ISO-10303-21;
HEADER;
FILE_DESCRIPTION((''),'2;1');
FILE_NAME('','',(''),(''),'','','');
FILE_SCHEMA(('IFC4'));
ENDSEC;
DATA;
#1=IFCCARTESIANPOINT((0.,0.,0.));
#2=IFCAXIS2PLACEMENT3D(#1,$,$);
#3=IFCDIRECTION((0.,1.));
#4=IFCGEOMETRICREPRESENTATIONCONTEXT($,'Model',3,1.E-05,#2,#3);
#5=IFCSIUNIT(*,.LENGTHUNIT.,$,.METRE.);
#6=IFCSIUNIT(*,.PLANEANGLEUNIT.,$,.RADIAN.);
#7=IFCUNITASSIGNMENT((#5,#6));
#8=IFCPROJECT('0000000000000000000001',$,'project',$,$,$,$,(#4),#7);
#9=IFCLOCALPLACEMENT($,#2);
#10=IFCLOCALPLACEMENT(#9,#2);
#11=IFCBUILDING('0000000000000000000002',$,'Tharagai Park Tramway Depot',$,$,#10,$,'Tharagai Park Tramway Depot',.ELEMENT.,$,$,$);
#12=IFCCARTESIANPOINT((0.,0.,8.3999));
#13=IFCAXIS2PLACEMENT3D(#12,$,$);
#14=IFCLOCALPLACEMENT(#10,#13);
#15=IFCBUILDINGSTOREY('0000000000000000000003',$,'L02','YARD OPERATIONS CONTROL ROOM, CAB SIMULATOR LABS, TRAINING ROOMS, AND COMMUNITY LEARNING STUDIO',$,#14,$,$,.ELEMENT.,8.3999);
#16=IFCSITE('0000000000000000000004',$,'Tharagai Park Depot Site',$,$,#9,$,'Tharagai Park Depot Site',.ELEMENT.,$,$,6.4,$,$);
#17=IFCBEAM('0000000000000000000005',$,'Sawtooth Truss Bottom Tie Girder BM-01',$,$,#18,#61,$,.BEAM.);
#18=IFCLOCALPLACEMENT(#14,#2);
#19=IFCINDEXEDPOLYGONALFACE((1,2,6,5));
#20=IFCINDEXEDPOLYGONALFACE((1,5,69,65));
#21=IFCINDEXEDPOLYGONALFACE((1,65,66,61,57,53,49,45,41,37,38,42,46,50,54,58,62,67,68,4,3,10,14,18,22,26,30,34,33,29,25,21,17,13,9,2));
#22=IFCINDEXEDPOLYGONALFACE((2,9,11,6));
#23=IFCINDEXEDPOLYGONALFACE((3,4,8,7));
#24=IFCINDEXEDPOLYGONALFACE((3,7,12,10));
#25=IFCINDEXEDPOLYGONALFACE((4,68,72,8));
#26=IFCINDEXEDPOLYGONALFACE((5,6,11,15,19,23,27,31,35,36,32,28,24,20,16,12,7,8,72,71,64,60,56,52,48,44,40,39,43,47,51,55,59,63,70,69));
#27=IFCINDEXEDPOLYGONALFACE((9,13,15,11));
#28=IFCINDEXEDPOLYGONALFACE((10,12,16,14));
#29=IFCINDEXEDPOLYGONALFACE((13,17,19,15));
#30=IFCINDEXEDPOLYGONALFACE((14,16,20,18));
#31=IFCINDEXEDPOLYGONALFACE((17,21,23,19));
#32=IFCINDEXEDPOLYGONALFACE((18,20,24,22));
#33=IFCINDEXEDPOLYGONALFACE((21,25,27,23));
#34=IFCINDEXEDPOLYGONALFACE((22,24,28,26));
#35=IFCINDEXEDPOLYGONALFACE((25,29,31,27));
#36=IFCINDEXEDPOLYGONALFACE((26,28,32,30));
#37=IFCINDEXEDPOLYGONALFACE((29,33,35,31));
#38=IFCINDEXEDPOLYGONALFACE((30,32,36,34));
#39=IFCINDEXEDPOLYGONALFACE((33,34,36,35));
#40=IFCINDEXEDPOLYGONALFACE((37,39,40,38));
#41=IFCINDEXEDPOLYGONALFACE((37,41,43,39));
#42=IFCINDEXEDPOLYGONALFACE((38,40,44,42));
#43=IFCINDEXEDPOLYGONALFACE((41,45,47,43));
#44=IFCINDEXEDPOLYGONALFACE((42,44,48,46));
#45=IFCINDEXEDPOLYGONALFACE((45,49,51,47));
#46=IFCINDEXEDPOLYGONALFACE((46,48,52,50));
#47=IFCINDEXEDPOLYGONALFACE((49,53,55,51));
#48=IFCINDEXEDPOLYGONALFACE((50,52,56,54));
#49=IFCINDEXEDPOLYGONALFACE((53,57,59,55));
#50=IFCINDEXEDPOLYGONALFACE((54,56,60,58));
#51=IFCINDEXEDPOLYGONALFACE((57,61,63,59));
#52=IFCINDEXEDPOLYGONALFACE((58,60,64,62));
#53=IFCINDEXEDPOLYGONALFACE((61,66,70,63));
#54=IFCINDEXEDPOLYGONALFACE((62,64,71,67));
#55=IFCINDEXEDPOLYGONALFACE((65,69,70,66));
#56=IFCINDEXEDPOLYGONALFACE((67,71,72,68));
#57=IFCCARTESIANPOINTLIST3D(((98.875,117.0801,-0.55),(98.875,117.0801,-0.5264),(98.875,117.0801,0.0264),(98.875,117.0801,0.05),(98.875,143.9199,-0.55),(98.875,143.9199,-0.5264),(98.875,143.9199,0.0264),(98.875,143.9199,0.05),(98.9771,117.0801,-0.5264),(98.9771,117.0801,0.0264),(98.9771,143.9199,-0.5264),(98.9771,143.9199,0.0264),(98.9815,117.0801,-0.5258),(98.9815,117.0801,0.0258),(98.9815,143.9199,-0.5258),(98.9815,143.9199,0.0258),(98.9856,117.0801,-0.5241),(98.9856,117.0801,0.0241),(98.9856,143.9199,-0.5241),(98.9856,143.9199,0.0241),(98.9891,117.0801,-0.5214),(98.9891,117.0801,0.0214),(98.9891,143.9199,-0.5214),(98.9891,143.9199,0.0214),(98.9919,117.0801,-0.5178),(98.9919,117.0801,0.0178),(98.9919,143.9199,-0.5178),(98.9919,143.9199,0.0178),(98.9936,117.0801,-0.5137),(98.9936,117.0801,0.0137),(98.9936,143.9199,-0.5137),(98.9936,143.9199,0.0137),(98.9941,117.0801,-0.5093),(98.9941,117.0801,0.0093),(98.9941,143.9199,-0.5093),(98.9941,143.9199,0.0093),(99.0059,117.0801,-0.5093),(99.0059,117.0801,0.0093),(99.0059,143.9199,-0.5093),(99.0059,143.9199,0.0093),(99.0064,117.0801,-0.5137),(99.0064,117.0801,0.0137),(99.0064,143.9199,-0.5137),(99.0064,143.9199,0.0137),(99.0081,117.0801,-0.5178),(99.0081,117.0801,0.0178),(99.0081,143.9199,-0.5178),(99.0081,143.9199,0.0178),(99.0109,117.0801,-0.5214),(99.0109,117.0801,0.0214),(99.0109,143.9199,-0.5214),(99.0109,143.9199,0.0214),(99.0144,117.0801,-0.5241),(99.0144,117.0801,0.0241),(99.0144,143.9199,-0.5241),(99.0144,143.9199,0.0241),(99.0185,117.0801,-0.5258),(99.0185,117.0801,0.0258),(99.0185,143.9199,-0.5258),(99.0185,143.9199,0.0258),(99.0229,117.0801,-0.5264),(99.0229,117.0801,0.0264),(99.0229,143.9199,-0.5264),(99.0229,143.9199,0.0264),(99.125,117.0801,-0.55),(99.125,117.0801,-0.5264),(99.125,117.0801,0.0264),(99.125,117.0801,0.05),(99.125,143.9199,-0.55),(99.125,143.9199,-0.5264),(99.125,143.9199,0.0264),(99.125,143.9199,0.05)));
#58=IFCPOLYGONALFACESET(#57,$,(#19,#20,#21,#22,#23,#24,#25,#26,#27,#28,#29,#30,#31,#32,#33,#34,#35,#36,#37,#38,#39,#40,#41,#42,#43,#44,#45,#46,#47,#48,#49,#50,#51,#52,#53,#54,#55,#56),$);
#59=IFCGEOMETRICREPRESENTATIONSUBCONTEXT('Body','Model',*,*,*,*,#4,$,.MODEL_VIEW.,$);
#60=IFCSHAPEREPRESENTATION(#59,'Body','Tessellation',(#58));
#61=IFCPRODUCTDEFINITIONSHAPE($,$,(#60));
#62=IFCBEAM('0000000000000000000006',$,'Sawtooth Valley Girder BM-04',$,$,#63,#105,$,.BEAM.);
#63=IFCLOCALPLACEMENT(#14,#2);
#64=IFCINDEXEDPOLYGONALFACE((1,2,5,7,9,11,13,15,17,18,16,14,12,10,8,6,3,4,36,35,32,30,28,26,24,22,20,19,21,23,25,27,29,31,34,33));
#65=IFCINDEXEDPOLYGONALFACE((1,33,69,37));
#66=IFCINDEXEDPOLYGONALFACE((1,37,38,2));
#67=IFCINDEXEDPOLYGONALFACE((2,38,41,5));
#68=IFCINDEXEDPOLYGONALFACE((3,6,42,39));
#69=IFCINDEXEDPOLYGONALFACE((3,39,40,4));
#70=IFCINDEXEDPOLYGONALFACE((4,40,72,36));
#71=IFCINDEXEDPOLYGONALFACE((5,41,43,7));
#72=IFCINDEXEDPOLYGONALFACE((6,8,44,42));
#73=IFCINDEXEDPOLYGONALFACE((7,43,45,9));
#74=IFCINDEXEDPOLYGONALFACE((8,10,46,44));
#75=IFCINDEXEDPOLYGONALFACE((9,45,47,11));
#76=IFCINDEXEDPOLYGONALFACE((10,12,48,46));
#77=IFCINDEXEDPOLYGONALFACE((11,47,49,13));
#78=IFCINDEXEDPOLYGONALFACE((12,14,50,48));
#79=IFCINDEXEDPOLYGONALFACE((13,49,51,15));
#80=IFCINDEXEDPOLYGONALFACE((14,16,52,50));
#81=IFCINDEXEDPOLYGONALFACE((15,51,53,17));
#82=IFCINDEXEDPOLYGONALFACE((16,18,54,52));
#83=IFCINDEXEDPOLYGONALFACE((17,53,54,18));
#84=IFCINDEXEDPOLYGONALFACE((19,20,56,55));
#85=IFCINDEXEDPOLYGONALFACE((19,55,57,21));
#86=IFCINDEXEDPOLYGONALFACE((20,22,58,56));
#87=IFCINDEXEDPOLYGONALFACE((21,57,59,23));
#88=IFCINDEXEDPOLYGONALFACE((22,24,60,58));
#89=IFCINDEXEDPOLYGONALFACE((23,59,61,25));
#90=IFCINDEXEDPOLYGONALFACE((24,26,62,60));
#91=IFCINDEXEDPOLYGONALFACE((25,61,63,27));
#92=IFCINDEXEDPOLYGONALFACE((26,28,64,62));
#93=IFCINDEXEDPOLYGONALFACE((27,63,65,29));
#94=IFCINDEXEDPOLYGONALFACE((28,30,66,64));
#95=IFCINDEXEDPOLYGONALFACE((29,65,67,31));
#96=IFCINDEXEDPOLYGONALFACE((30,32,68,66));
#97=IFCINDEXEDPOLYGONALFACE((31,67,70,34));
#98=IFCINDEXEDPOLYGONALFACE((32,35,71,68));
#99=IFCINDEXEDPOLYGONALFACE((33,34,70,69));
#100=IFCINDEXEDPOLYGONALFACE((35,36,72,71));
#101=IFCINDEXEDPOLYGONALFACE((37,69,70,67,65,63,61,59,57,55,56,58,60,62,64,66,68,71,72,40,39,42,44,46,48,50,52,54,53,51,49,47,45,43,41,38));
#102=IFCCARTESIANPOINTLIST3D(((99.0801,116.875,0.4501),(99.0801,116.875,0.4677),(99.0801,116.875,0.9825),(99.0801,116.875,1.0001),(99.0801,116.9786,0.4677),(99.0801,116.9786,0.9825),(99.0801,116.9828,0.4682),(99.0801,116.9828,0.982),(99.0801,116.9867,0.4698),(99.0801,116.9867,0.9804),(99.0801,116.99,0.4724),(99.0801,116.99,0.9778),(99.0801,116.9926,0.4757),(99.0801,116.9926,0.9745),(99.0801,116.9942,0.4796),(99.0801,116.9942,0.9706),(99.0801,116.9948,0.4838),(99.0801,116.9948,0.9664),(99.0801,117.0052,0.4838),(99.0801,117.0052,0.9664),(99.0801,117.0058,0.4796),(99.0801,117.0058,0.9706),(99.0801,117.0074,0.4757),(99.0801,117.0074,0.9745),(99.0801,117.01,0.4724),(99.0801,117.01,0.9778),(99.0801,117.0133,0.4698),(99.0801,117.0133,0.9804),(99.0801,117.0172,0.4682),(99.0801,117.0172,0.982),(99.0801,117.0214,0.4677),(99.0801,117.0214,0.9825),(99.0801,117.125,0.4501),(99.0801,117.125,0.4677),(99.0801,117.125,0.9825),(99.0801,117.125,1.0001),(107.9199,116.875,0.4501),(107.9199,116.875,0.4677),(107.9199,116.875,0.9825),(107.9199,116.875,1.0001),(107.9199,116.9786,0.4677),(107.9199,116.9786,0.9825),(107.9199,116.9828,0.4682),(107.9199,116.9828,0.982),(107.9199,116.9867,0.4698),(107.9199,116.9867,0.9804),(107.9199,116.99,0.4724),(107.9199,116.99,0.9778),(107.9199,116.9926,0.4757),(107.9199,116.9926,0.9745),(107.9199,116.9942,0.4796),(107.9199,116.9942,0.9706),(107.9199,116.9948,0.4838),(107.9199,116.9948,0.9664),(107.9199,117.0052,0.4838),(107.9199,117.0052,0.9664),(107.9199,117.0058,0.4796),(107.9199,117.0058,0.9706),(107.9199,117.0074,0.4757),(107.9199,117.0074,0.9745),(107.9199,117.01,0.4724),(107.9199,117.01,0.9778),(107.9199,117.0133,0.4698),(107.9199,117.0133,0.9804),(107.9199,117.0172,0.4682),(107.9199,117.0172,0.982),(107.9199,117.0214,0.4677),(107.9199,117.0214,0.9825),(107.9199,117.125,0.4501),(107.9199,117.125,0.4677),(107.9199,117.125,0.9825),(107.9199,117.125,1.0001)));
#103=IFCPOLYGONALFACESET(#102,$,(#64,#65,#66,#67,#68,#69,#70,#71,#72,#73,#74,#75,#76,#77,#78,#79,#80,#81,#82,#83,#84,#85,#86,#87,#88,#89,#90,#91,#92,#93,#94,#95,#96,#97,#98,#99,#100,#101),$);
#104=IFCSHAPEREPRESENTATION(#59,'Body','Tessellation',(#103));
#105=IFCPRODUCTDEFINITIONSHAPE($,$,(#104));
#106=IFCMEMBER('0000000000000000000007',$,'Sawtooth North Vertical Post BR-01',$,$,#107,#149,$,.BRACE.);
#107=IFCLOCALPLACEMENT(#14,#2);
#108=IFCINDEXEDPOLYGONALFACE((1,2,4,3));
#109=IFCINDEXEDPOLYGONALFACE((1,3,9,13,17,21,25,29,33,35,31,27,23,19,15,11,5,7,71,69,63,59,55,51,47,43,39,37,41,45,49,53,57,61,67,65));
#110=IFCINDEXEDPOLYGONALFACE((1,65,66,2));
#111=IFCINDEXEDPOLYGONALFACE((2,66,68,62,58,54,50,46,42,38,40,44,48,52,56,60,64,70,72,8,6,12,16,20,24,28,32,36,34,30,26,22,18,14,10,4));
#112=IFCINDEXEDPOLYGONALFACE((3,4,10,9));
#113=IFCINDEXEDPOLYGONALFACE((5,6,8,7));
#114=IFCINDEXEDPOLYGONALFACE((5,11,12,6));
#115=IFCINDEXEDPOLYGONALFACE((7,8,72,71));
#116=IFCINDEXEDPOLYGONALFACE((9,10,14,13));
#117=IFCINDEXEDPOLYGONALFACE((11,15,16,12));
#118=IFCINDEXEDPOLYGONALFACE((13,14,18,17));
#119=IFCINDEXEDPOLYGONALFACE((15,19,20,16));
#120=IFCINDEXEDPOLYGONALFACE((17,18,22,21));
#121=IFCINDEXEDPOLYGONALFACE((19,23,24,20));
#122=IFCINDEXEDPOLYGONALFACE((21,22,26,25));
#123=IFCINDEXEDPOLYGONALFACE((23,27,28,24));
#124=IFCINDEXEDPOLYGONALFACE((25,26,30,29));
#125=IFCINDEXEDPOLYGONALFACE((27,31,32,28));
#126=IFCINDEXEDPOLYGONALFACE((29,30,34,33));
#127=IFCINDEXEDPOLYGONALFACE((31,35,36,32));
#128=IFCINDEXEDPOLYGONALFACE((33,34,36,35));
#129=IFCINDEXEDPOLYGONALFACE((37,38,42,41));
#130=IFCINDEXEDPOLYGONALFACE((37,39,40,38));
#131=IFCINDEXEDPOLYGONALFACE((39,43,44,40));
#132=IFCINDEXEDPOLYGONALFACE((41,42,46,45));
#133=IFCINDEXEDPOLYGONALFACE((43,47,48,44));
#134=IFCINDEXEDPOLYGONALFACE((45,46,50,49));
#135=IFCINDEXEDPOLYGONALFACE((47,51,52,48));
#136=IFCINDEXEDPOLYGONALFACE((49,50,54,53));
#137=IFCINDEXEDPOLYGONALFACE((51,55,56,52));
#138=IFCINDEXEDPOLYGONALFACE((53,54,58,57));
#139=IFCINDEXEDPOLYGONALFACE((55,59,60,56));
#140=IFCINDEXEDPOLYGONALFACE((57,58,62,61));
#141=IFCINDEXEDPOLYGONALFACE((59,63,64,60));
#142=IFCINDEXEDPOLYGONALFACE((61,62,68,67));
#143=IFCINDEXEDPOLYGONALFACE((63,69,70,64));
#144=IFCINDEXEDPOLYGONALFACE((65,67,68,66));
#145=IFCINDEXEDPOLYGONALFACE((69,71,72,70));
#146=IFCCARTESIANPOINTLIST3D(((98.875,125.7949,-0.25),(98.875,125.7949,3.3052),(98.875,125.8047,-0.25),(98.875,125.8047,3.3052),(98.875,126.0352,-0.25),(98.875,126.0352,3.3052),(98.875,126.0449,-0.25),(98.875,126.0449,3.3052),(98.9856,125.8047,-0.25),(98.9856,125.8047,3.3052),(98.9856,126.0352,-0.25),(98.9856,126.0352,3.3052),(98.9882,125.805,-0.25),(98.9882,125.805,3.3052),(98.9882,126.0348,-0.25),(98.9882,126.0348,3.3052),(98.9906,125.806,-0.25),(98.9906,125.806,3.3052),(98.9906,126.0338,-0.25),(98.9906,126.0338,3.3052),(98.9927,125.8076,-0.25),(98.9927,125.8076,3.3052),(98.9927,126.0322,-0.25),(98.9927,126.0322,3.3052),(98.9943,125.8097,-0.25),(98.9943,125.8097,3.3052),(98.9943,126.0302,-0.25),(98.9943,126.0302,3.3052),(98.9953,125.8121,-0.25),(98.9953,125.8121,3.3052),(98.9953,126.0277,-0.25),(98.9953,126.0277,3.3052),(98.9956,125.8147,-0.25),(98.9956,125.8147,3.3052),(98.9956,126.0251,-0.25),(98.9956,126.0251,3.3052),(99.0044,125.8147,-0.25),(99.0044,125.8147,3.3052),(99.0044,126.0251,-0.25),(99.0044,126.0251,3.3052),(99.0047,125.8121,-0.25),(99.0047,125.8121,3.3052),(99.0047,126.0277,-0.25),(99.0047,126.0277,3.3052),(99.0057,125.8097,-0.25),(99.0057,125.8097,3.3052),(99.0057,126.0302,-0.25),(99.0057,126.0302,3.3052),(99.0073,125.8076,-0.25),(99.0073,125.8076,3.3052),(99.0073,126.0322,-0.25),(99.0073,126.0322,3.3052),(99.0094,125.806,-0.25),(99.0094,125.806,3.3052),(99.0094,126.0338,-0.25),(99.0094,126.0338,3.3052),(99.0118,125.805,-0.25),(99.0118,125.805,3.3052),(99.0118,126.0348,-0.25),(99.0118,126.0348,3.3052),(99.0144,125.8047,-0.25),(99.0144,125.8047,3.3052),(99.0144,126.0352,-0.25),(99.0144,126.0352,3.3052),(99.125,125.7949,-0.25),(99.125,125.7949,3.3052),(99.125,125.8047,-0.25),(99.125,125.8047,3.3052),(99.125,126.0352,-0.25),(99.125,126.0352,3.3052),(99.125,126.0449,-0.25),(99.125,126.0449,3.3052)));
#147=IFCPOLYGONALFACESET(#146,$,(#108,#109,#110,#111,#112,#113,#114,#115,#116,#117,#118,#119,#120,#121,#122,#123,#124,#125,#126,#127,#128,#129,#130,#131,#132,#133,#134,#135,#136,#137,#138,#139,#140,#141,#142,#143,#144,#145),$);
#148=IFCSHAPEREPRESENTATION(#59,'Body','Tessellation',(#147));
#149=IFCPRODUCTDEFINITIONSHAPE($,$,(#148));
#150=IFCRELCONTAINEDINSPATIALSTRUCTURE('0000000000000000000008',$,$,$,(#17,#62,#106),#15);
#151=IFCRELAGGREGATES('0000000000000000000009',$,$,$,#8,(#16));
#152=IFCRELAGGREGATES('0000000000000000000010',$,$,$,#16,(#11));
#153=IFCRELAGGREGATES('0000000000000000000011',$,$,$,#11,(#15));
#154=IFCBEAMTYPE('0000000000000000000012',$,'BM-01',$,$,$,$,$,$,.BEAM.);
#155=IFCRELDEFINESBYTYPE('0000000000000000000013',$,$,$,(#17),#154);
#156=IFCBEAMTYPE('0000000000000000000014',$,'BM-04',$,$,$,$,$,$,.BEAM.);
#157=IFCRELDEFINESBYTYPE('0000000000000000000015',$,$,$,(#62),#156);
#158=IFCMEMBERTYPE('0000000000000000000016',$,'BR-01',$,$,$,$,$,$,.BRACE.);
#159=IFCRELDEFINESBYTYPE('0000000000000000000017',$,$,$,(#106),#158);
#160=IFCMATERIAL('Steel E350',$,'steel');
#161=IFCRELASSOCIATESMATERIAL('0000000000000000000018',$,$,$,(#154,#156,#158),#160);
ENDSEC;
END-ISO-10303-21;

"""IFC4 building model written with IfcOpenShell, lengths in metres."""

from ifc_helpers import new_model, si_unit, direction, frame, origin, origin_2d, place, context, subcontext, project, spatial, i_section, extrude, material, material_profile, profile_set, type_object, element, save


model = new_model("IFC4")

# Units and contexts
model_context = context("Model", 3, precision=1e-05, world=origin(), true_north=direction((0.0, 1.0)))
body_context = subcontext(model_context, "Body", "Model", "MODEL_VIEW")
ifc_project = project(units=[si_unit("LENGTHUNIT", "METRE"), si_unit("PLANEANGLEUNIT", "RADIAN")], contexts=[model_context])

# Site, building, storey
site_placement = place(None, origin())
site = spatial("IfcSite", under=ifc_project, at=site_placement, Name="Tharagai Park Depot Site", LongName="Tharagai Park Depot Site", CompositionType="ELEMENT", RefElevation=6.4)
building_placement = place(site_placement, origin())
building = spatial("IfcBuilding", under=site, at=building_placement, Name="Tharagai Park Tramway Depot", LongName="Tharagai Park Tramway Depot", CompositionType="ELEMENT")
storey_placement = place(building_placement, frame((0.0, 0.0, 8.3999)))
storey = spatial("IfcBuildingStorey", under=building, at=storey_placement, Name="L02", Description="YARD OPERATIONS CONTROL ROOM, CAB SIMULATOR LABS, TRAINING ROOMS, AND COMMUNITY LEARNING STUDIO", CompositionType="ELEMENT", Elevation=8.3999)

# Beams
ifc_material_1 = material(Name="Steel E350", Category="steel")
ifc_material_profile_1 = material_profile(ifc_material_1, i_section(OverallWidth=0.25, OverallDepth=0.6001, WebThickness=0.0117, FlangeThickness=0.0237, FilletRadius=0.0171, at=origin_2d()), Name="ISWB 600")
ifc_profile_set_1 = profile_set([ifc_material_profile_1], Name="Steel E350")
beam_type_1 = type_object("IfcBeamType", Name="BM-01", PredefinedType="BEAM", material=ifc_profile_set_1)
beam_1_placement = place(storey_placement, frame((99.0, 117.0801, -0.25), z_axis=(0.0, 1.0, 0.0), x_axis=(-1.0, 0.0, 0.0)))
element("IfcBeam", 1, at=beam_1_placement, inside=storey, type_object=beam_type_1, Name="Sawtooth Truss Bottom Tie Girder BM-01", PredefinedType="BEAM", context=body_context, shape_type="SweptSolid", body=[
    extrude(i_section(OverallWidth=0.25, OverallDepth=0.6001, WebThickness=0.0117, FlangeThickness=0.0237, FilletRadius=0.0171, at=origin_2d()), origin(), (0.0, 0.0, 1.0), 26.8398),
])
ifc_material_profile_2 = material_profile(ifc_material_1, i_section(OverallWidth=0.25, OverallDepth=0.55, WebThickness=0.0105, FlangeThickness=0.0176, FilletRadius=0.0161, at=origin_2d()), Name="ISWB 550")
ifc_profile_set_2 = profile_set([ifc_material_profile_2], Name="Steel E350")
beam_type_2 = type_object("IfcBeamType", Name="BM-04", PredefinedType="BEAM", material=ifc_profile_set_2)
beam_2_placement = place(storey_placement, frame((99.0801, 117.0, 0.7251), z_axis=(1.0, 0.0, 0.0), x_axis=(0.0, 1.0, 0.0)))
element("IfcBeam", 2, at=beam_2_placement, inside=storey, type_object=beam_type_2, Name="Sawtooth Valley Girder BM-04", PredefinedType="BEAM", context=body_context, shape_type="SweptSolid", body=[
    extrude(i_section(OverallWidth=0.25, OverallDepth=0.55, WebThickness=0.0105, FlangeThickness=0.0176, FilletRadius=0.0161, at=origin_2d()), origin(), (0.0, 0.0, 1.0), 8.8398),
])

# Member
ifc_material_profile_3 = material_profile(ifc_material_1, i_section(OverallWidth=0.25, OverallDepth=0.25, WebThickness=0.0088, FlangeThickness=0.0098, FilletRadius=0.01, at=origin_2d()), Name="ISHB 250")
ifc_profile_set_3 = profile_set([ifc_material_profile_3], Name="Steel E350")
member_type_1 = type_object("IfcMemberType", Name="BR-01", PredefinedType="BRACE", material=ifc_profile_set_3)
member_1_placement = place(storey_placement, frame((99.0, 125.9199, -0.25), z_axis=(0.0, 0.0, 1.0), x_axis=(1.0, 0.0, 0.0)))
element("IfcMember", 3, at=member_1_placement, inside=storey, type_object=member_type_1, Name="Sawtooth North Vertical Post BR-01", PredefinedType="BRACE", context=body_context, shape_type="SweptSolid", body=[
    extrude(i_section(OverallWidth=0.25, OverallDepth=0.25, WebThickness=0.0088, FlangeThickness=0.0098, FilletRadius=0.01, at=origin_2d()), origin(), (0.0, 0.0, 1.0), 3.5552),
])

save(model, "model.ifc")
